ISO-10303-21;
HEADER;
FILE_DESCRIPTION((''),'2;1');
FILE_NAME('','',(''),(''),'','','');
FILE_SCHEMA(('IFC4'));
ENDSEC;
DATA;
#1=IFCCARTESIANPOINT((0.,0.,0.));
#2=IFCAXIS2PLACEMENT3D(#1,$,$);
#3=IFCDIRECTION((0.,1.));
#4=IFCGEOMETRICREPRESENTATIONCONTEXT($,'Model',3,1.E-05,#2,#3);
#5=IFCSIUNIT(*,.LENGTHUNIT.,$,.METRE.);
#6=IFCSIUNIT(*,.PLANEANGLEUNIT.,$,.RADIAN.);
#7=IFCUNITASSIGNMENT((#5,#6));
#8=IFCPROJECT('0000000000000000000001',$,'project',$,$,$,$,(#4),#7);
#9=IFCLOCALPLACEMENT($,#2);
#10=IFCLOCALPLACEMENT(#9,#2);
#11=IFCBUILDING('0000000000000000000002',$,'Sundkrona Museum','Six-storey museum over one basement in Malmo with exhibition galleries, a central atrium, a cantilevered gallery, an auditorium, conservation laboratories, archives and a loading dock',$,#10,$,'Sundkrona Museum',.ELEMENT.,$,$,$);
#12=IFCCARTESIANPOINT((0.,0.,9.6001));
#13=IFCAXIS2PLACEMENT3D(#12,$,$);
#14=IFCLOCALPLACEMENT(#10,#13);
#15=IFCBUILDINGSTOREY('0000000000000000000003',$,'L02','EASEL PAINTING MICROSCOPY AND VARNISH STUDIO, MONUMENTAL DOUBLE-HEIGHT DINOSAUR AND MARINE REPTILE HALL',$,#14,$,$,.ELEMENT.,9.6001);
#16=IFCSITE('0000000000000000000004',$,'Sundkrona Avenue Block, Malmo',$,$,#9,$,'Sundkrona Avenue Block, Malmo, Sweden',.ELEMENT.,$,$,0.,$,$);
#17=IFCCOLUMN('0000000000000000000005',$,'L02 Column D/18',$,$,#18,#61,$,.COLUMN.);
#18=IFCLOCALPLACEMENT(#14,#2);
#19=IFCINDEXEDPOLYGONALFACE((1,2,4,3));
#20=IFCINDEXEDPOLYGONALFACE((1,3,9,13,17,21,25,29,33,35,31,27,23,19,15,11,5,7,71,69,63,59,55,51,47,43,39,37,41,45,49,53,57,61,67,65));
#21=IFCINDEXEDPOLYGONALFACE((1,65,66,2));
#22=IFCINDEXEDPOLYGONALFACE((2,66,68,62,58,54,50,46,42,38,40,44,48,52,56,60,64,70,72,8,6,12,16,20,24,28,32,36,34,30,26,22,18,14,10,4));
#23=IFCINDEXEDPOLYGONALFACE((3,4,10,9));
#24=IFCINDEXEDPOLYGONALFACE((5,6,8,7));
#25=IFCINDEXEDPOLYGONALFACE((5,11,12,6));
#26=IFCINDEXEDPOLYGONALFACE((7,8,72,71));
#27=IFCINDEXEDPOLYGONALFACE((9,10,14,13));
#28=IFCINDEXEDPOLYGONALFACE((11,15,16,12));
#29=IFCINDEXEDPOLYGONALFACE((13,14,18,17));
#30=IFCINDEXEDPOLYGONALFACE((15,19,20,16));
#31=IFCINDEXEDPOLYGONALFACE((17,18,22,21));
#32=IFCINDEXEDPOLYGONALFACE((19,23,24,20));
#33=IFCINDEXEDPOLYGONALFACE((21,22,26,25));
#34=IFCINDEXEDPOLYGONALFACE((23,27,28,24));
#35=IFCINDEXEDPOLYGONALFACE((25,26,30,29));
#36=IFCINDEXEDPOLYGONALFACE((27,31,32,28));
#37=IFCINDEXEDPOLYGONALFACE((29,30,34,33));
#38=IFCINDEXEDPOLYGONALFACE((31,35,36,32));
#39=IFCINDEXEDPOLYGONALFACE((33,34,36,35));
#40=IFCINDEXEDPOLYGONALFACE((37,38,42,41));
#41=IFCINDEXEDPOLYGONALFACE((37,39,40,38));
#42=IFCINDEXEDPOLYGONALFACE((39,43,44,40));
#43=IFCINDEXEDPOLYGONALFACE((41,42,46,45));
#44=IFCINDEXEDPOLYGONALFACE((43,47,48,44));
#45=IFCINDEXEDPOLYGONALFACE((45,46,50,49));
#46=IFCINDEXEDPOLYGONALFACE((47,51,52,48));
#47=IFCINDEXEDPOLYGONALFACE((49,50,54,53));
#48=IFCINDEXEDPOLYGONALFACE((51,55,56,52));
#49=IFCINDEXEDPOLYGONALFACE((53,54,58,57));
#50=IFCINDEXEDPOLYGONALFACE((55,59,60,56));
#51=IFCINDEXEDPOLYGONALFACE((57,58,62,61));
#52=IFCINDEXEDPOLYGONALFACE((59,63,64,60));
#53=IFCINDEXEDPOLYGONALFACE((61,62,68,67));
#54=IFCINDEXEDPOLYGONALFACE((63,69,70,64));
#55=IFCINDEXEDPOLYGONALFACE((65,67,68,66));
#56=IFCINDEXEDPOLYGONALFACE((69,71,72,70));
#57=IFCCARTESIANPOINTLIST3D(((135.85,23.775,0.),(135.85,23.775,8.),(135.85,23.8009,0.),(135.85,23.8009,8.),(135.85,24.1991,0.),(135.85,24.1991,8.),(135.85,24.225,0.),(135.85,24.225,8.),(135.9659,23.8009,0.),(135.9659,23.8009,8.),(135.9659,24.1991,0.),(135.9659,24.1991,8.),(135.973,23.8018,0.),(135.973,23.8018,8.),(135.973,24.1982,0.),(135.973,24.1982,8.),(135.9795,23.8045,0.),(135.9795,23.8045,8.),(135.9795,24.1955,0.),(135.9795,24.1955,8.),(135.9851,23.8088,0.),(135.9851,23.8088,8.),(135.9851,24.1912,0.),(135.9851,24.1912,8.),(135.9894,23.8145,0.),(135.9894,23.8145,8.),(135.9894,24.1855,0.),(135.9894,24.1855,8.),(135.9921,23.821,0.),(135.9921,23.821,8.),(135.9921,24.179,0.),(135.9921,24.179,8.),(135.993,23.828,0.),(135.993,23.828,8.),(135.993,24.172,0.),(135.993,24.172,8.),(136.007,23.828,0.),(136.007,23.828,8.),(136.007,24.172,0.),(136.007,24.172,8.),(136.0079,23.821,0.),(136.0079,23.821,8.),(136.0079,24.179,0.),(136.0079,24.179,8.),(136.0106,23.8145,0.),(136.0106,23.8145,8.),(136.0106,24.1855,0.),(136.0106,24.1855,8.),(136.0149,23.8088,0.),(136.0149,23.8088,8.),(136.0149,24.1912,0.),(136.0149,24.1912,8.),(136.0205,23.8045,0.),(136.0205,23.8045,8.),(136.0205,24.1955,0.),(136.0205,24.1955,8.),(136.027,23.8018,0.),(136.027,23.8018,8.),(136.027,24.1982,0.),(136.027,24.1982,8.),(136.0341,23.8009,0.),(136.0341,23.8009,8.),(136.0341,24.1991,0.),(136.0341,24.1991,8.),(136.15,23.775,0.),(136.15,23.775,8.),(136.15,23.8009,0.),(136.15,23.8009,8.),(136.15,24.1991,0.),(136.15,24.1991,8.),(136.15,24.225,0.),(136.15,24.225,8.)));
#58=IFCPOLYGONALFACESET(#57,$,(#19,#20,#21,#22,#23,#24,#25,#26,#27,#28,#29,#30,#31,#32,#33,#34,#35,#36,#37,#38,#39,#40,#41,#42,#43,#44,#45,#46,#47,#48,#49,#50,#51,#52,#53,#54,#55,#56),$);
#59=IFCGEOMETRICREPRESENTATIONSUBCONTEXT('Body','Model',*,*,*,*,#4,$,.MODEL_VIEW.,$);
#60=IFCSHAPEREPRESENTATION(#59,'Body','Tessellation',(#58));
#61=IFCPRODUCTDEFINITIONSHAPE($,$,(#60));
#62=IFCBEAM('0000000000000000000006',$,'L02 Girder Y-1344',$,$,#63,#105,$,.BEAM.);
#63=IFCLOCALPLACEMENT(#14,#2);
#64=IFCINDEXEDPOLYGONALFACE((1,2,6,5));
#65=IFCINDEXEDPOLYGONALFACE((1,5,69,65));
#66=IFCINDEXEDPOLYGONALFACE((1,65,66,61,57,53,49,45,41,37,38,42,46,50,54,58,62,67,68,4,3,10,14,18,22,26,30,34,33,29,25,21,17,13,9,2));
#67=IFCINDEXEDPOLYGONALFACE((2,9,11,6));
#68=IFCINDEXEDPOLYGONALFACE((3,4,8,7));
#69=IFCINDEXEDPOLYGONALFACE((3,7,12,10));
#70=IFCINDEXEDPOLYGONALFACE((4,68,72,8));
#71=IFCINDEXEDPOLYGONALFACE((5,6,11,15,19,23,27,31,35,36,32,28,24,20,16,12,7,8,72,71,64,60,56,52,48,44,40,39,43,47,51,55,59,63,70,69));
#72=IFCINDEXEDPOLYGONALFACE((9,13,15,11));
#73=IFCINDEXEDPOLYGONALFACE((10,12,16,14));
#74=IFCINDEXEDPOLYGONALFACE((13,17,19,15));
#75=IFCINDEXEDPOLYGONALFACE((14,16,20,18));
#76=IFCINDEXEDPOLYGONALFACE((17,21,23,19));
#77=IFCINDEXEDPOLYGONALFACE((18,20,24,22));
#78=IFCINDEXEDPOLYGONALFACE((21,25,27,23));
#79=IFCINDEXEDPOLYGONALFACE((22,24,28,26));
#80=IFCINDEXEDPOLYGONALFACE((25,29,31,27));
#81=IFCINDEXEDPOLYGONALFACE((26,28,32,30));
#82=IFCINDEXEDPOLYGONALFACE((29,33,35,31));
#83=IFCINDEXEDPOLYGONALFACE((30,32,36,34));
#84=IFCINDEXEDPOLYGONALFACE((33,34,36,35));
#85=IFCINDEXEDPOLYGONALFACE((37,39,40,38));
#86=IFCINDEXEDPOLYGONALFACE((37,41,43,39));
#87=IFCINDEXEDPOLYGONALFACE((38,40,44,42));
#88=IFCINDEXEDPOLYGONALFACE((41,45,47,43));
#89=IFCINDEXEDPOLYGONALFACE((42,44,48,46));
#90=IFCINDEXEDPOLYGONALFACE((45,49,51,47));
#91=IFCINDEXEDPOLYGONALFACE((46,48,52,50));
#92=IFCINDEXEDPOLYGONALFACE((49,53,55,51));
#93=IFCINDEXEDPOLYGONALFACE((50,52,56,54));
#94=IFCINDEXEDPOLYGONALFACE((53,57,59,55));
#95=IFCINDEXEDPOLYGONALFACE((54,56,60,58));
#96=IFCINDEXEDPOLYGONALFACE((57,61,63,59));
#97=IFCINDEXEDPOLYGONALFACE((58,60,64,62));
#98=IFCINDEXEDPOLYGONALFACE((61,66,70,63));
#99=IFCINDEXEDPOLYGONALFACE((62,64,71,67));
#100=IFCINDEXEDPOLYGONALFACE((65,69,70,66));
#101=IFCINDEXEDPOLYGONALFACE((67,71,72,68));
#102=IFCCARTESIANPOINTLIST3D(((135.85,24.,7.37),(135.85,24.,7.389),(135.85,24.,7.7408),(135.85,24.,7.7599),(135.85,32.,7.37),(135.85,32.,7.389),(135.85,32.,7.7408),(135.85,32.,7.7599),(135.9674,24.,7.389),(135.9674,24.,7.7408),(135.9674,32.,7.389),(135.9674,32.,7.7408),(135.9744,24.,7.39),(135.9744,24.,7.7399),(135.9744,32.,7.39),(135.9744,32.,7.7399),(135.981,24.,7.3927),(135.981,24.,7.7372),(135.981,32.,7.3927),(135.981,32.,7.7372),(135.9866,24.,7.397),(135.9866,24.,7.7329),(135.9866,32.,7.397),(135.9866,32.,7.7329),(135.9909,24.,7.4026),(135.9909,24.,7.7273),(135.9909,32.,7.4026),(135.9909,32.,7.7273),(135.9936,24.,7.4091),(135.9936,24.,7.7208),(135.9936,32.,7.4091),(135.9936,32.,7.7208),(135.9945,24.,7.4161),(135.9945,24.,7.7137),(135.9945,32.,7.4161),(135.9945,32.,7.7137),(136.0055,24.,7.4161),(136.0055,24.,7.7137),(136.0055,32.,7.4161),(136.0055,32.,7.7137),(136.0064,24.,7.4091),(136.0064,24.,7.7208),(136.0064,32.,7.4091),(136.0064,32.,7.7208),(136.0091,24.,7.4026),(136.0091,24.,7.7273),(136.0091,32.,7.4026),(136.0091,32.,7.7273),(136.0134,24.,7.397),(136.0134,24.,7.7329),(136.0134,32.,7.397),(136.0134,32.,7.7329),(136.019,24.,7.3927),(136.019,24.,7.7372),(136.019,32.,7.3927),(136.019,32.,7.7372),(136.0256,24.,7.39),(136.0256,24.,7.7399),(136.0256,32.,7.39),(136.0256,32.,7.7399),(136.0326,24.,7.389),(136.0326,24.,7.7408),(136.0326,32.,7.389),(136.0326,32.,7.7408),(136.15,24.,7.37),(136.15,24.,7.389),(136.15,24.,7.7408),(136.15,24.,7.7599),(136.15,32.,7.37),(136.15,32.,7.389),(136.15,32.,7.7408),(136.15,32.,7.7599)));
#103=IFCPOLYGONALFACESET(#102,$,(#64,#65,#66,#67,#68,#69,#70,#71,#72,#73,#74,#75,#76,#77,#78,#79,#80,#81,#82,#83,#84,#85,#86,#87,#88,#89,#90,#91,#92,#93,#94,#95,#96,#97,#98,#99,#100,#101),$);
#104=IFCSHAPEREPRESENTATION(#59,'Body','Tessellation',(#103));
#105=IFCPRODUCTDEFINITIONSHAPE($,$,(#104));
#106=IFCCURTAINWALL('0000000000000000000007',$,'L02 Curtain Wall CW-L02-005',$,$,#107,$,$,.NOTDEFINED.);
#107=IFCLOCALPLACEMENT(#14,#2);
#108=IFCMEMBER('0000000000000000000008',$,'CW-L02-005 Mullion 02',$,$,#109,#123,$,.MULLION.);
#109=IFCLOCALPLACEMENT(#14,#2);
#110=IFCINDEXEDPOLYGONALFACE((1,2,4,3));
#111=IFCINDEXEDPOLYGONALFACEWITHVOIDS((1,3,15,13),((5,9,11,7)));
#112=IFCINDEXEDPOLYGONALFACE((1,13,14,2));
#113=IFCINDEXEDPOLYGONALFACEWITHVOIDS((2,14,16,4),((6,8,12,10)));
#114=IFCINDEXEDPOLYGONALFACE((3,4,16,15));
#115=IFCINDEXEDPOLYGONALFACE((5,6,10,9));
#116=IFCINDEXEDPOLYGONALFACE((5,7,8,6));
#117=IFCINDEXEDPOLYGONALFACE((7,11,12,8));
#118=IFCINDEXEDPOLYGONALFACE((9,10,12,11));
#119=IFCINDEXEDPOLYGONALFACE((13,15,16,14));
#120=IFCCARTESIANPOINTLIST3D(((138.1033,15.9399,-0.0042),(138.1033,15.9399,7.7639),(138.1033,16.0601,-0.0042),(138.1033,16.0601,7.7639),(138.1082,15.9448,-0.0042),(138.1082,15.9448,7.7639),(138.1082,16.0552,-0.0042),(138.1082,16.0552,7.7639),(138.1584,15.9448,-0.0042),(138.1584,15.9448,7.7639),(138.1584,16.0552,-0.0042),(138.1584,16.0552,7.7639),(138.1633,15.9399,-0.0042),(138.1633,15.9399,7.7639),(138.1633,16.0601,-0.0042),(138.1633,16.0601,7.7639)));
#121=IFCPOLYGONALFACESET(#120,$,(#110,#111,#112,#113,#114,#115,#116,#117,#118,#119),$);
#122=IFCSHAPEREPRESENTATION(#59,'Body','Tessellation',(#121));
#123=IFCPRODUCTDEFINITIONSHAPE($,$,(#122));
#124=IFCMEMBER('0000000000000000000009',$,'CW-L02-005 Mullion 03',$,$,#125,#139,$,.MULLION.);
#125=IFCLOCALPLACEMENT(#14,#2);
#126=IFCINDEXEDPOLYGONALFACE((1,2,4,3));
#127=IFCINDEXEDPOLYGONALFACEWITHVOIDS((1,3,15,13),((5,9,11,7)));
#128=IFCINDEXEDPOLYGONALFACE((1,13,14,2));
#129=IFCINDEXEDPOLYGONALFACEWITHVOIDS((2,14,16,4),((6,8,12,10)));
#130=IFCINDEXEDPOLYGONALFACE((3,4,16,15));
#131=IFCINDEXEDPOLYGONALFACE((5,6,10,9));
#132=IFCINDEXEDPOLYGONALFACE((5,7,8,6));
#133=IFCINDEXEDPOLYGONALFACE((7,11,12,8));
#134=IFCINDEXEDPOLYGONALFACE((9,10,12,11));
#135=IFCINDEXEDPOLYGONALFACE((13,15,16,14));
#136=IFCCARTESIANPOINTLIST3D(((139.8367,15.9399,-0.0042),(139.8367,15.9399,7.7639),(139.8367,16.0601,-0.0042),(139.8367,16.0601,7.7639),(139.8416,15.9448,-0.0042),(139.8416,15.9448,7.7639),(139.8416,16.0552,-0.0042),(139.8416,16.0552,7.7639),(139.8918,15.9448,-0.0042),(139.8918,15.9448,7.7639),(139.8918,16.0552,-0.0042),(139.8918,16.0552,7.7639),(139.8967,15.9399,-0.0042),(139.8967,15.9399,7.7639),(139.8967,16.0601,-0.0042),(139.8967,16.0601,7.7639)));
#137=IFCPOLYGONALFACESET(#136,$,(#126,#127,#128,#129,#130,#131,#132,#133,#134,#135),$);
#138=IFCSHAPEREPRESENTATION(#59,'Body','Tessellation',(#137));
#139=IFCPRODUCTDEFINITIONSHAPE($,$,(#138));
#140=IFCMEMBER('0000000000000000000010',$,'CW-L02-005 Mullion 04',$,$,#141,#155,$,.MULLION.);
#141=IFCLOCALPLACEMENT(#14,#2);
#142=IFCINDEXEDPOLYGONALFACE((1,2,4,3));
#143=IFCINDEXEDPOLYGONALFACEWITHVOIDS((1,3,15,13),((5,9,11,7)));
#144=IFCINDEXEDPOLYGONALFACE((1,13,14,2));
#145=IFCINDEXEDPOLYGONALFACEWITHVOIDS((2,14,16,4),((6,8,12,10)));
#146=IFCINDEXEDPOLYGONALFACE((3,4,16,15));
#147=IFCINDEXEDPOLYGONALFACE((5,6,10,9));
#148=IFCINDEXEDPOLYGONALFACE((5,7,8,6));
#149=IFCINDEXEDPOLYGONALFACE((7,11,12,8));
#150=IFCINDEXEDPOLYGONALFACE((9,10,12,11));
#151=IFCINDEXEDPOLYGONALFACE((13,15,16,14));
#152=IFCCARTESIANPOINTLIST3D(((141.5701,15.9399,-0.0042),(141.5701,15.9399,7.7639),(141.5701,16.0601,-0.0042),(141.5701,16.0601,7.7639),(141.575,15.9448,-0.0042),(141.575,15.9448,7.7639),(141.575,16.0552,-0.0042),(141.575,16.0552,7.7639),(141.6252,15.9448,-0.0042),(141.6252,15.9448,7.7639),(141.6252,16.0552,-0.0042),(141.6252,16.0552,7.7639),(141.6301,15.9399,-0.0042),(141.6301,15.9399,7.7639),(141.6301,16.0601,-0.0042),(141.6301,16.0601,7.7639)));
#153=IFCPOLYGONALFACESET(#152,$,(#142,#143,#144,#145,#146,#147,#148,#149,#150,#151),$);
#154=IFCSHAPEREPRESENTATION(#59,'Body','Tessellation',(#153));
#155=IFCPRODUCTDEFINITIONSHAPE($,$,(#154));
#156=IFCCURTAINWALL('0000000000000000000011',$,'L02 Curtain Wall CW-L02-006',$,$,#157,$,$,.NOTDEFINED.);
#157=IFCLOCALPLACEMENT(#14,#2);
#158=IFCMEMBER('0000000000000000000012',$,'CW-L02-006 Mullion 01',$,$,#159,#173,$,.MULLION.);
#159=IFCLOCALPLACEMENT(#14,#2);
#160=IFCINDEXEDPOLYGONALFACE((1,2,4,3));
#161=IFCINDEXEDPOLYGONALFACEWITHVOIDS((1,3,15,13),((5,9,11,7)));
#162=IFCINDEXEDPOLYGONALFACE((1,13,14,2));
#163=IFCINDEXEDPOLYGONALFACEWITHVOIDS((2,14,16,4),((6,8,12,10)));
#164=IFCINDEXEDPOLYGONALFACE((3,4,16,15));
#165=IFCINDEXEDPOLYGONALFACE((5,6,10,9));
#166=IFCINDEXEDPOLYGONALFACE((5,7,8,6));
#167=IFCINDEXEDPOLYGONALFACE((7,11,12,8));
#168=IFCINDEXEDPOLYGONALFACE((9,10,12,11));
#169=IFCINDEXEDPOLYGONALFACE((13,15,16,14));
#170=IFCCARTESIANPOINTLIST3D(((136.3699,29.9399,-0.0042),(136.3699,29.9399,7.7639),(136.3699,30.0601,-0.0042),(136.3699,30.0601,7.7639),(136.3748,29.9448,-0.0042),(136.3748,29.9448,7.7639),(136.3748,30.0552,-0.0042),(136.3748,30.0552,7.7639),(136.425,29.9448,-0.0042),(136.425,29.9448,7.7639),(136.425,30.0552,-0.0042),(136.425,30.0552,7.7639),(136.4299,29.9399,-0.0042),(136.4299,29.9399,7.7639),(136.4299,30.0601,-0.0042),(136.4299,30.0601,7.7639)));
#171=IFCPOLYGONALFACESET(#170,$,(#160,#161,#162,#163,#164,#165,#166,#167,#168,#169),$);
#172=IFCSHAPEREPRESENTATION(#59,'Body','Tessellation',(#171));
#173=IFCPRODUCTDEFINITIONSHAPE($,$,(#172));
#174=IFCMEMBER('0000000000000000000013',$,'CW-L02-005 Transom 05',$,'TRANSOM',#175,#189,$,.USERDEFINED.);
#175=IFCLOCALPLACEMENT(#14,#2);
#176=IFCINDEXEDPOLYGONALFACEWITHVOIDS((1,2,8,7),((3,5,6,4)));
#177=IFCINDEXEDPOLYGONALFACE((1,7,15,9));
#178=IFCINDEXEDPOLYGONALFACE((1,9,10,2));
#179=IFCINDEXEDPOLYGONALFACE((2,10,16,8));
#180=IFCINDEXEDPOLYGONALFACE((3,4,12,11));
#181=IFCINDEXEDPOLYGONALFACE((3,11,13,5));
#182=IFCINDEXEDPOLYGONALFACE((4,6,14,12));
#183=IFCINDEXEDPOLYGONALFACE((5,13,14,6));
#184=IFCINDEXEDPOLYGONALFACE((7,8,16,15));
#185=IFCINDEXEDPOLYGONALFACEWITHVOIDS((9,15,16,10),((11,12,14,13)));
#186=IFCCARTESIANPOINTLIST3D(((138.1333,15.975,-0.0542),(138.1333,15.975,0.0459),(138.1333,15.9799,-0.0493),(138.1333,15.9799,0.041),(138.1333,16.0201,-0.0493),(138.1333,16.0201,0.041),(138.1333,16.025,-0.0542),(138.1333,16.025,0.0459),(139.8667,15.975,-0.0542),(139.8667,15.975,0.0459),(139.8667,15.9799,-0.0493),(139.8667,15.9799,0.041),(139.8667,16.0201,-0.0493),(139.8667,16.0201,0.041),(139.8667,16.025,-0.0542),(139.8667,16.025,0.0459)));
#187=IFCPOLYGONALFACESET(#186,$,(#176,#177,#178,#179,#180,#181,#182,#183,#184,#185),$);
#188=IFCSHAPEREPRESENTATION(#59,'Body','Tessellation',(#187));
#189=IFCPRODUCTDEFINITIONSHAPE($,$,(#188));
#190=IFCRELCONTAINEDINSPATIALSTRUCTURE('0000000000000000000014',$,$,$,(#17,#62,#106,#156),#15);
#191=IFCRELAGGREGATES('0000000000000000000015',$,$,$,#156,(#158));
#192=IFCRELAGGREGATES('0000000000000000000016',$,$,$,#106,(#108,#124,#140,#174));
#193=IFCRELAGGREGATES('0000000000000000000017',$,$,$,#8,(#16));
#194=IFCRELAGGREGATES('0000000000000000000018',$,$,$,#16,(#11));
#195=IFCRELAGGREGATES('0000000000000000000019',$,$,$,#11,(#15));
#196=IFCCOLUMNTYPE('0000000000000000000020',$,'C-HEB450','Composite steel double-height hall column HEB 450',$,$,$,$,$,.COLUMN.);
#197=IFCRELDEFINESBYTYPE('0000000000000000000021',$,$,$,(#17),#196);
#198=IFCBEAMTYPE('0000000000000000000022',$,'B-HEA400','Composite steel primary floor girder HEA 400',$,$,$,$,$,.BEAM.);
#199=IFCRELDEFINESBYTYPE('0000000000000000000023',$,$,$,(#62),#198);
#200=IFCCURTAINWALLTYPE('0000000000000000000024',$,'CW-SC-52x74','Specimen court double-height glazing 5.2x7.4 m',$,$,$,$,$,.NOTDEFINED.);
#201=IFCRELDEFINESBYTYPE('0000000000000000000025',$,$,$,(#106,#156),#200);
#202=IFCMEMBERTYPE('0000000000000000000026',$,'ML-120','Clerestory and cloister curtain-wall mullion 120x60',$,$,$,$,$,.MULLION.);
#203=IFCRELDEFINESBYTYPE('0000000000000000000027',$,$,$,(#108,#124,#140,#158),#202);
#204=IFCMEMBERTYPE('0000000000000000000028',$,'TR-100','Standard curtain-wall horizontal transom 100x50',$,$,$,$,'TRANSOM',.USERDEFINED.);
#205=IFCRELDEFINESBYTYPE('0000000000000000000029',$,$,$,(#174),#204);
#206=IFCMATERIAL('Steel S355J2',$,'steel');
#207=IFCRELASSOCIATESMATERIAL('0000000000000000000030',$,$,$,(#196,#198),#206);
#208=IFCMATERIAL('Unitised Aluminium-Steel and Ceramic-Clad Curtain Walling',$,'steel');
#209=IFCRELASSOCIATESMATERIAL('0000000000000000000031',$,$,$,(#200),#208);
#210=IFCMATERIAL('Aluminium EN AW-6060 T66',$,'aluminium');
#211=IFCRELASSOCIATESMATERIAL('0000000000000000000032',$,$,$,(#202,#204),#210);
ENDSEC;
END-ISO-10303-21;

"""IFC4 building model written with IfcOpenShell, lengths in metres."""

from ifc_helpers import new_model, si_unit, direction, frame, origin, origin_2d, place, context, subcontext, project, spatial, hollow_rectangle, i_section, extrude, material, material_profile, profile_set, type_object, element, aggregate, save


model = new_model("IFC4")

# Units and contexts
model_context = context("Model", 3, precision=1e-05, world=origin(), true_north=direction((0.0, 1.0)))
body_context = subcontext(model_context, "Body", "Model", "MODEL_VIEW")
ifc_project = project(units=[si_unit("LENGTHUNIT", "METRE"), si_unit("PLANEANGLEUNIT", "RADIAN")], contexts=[model_context])

# Site, building, storey
site_placement = place(None, origin())
site = spatial("IfcSite", under=ifc_project, at=site_placement, Name="Sundkrona Avenue Block, Malmo", LongName="Sundkrona Avenue Block, Malmo, Sweden", CompositionType="ELEMENT", RefElevation=0.0)
building_placement = place(site_placement, origin())
building = spatial("IfcBuilding", under=site, at=building_placement, Name="Sundkrona Museum", Description="Six-storey museum over one basement in Malmo with exhibition galleries, a central atrium, a cantilevered gallery, an auditorium, conservation laboratories, archives and a loading dock", LongName="Sundkrona Museum", CompositionType="ELEMENT")
storey_placement = place(building_placement, frame((0.0, 0.0, 9.6001)))
storey = spatial("IfcBuildingStorey", under=building, at=storey_placement, Name="L02", Description="EASEL PAINTING MICROSCOPY AND VARNISH STUDIO, MONUMENTAL DOUBLE-HEIGHT DINOSAUR AND MARINE REPTILE HALL", CompositionType="ELEMENT", Elevation=9.6001)

# Column
ifc_material_1 = material(Name="Steel S355J2", Category="steel")
ifc_material_profile_1 = material_profile(ifc_material_1, i_section(OverallWidth=0.3, OverallDepth=0.45, WebThickness=0.0139, FlangeThickness=0.0259, FilletRadius=0.0271, at=origin_2d()), Name="HEB 450")
ifc_profile_set_1 = profile_set([ifc_material_profile_1], Name="Steel S355J2")
column_type = type_object("IfcColumnType", Name="C-HEB450", Description="Composite steel double-height hall column HEB 450", PredefinedType="COLUMN", material=ifc_profile_set_1)
column_placement = place(storey_placement, frame((136.0, 24.0, 0.0), z_axis=(0.0, 0.0, 1.0), x_axis=(1.0, 0.0, 0.0)))
element("IfcColumn", 1, at=column_placement, inside=storey, type_object=column_type, Name="L02 Column D/18", PredefinedType="COLUMN", context=body_context, shape_type="SweptSolid", body=[
    extrude(i_section(OverallWidth=0.3, OverallDepth=0.45, WebThickness=0.0139, FlangeThickness=0.0259, FilletRadius=0.0271, at=origin_2d()), origin(), (0.0, 0.0, 1.0), 8.0),
])

# Beam
ifc_material_profile_2 = material_profile(ifc_material_1, i_section(OverallWidth=0.3, OverallDepth=0.3899, WebThickness=0.011, FlangeThickness=0.019, FilletRadius=0.0271, at=origin_2d()), Name="HEA 400")
ifc_profile_set_2 = profile_set([ifc_material_profile_2], Name="Steel S355J2")
beam_type = type_object("IfcBeamType", Name="B-HEA400", Description="Composite steel primary floor girder HEA 400", PredefinedType="BEAM", material=ifc_profile_set_2)
beam_placement = place(storey_placement, frame((136.0, 24.0, 7.5649), z_axis=(0.0, 1.0, 0.0), x_axis=(-1.0, 0.0, 0.0)))
element("IfcBeam", 2, at=beam_placement, inside=storey, type_object=beam_type, Name="L02 Girder Y-1344", PredefinedType="BEAM", context=body_context, shape_type="SweptSolid", body=[
    extrude(i_section(OverallWidth=0.3, OverallDepth=0.3899, WebThickness=0.011, FlangeThickness=0.019, FilletRadius=0.0271, at=origin_2d()), origin(), (0.0, 0.0, 1.0), 8.0),
])

# Curtain wall, members
ifc_material_2 = material(Name="Unitised Aluminium-Steel and Ceramic-Clad Curtain Walling", Category="steel")
curtain_wall_type = type_object("IfcCurtainWallType", Name="CW-SC-52x74", Description="Specimen court double-height glazing 5.2x7.4 m", PredefinedType="NOTDEFINED", material=ifc_material_2)
curtain_wall_1_placement = place(storey_placement, origin())
curtain_wall_1 = element("IfcCurtainWall", 3, at=curtain_wall_1_placement, inside=storey, type_object=curtain_wall_type, Name="L02 Curtain Wall CW-L02-005", PredefinedType="NOTDEFINED")
ifc_material_3 = material(Name="Aluminium EN AW-6060 T66", Category="aluminium")
ifc_material_profile_3 = material_profile(ifc_material_3, hollow_rectangle(XDim=0.0601, YDim=0.1201, WallThickness=0.0049, at=origin_2d()), Name="RHS 120x60x5.0")
ifc_profile_set_3 = profile_set([ifc_material_profile_3], Name="Aluminium EN AW-6060 T66")
member_type_1 = type_object("IfcMemberType", Name="ML-120", Description="Clerestory and cloister curtain-wall mullion 120x60", PredefinedType="MULLION", material=ifc_profile_set_3)
member_1_placement = place(storey_placement, frame((138.1333, 16.0, -0.0042), z_axis=(0.0, 0.0, 1.0), x_axis=(1.0, 0.0, 0.0)))
member_1 = element("IfcMember", 4, at=member_1_placement, type_object=member_type_1, Name="CW-L02-005 Mullion 02", PredefinedType="MULLION", context=body_context, shape_type="SweptSolid", body=[
    extrude(hollow_rectangle(XDim=0.0601, YDim=0.1201, WallThickness=0.0049, at=origin_2d()), origin(), (0.0, 0.0, 1.0), 7.7681),
])
member_2_placement = place(storey_placement, frame((139.8667, 16.0, -0.0042), z_axis=(0.0, 0.0, 1.0), x_axis=(1.0, 0.0, 0.0)))
member_2 = element("IfcMember", 5, at=member_2_placement, type_object=member_type_1, Name="CW-L02-005 Mullion 03", PredefinedType="MULLION", context=body_context, shape_type="SweptSolid", body=[
    extrude(hollow_rectangle(XDim=0.0601, YDim=0.1201, WallThickness=0.0049, at=origin_2d()), origin(), (0.0, 0.0, 1.0), 7.7681),
])
member_3_placement = place(storey_placement, frame((141.6001, 16.0, -0.0042), z_axis=(0.0, 0.0, 1.0), x_axis=(1.0, 0.0, 0.0)))
member_3 = element("IfcMember", 6, at=member_3_placement, type_object=member_type_1, Name="CW-L02-005 Mullion 04", PredefinedType="MULLION", context=body_context, shape_type="SweptSolid", body=[
    extrude(hollow_rectangle(XDim=0.0601, YDim=0.1201, WallThickness=0.0049, at=origin_2d()), origin(), (0.0, 0.0, 1.0), 7.7681),
])

# Curtain wall, member
curtain_wall_2_placement = place(storey_placement, origin())
curtain_wall_2 = element("IfcCurtainWall", 7, at=curtain_wall_2_placement, inside=storey, type_object=curtain_wall_type, Name="L02 Curtain Wall CW-L02-006", PredefinedType="NOTDEFINED")
member_4_placement = place(storey_placement, frame((136.3999, 30.0, -0.0042), z_axis=(0.0, 0.0, 1.0), x_axis=(1.0, 0.0, 0.0)))
member_4 = element("IfcMember", 8, at=member_4_placement, type_object=member_type_1, Name="CW-L02-006 Mullion 01", PredefinedType="MULLION", context=body_context, shape_type="SweptSolid", body=[
    extrude(hollow_rectangle(XDim=0.0601, YDim=0.1201, WallThickness=0.0049, at=origin_2d()), origin(), (0.0, 0.0, 1.0), 7.7681),
])
aggregate(curtain_wall_2, [member_4])

# Member
ifc_material_profile_4 = material_profile(ifc_material_3, hollow_rectangle(XDim=0.05, YDim=0.1001, WallThickness=0.0049, at=origin_2d()), Name="RHS 100x50x5.0")
ifc_profile_set_4 = profile_set([ifc_material_profile_4], Name="Aluminium EN AW-6060 T66")
member_type_2 = type_object("IfcMemberType", Name="TR-100", Description="Standard curtain-wall horizontal transom 100x50", ElementType="TRANSOM", PredefinedType="USERDEFINED", material=ifc_profile_set_4)
member_5_placement = place(storey_placement, frame((138.1333, 16.0, -0.0042), z_axis=(1.0, 0.0, 0.0), x_axis=(0.0, 1.0, 0.0)))
member_5 = element("IfcMember", 9, at=member_5_placement, type_object=member_type_2, Name="CW-L02-005 Transom 05", ObjectType="TRANSOM", PredefinedType="USERDEFINED", context=body_context, shape_type="SweptSolid", body=[
    extrude(hollow_rectangle(XDim=0.05, YDim=0.1001, WallThickness=0.0049, at=origin_2d()), origin(), (0.0, 0.0, 1.0), 1.7334),
])

aggregate(curtain_wall_1, [member_1, member_2, member_3, member_5])

save(model, "model.ifc")
